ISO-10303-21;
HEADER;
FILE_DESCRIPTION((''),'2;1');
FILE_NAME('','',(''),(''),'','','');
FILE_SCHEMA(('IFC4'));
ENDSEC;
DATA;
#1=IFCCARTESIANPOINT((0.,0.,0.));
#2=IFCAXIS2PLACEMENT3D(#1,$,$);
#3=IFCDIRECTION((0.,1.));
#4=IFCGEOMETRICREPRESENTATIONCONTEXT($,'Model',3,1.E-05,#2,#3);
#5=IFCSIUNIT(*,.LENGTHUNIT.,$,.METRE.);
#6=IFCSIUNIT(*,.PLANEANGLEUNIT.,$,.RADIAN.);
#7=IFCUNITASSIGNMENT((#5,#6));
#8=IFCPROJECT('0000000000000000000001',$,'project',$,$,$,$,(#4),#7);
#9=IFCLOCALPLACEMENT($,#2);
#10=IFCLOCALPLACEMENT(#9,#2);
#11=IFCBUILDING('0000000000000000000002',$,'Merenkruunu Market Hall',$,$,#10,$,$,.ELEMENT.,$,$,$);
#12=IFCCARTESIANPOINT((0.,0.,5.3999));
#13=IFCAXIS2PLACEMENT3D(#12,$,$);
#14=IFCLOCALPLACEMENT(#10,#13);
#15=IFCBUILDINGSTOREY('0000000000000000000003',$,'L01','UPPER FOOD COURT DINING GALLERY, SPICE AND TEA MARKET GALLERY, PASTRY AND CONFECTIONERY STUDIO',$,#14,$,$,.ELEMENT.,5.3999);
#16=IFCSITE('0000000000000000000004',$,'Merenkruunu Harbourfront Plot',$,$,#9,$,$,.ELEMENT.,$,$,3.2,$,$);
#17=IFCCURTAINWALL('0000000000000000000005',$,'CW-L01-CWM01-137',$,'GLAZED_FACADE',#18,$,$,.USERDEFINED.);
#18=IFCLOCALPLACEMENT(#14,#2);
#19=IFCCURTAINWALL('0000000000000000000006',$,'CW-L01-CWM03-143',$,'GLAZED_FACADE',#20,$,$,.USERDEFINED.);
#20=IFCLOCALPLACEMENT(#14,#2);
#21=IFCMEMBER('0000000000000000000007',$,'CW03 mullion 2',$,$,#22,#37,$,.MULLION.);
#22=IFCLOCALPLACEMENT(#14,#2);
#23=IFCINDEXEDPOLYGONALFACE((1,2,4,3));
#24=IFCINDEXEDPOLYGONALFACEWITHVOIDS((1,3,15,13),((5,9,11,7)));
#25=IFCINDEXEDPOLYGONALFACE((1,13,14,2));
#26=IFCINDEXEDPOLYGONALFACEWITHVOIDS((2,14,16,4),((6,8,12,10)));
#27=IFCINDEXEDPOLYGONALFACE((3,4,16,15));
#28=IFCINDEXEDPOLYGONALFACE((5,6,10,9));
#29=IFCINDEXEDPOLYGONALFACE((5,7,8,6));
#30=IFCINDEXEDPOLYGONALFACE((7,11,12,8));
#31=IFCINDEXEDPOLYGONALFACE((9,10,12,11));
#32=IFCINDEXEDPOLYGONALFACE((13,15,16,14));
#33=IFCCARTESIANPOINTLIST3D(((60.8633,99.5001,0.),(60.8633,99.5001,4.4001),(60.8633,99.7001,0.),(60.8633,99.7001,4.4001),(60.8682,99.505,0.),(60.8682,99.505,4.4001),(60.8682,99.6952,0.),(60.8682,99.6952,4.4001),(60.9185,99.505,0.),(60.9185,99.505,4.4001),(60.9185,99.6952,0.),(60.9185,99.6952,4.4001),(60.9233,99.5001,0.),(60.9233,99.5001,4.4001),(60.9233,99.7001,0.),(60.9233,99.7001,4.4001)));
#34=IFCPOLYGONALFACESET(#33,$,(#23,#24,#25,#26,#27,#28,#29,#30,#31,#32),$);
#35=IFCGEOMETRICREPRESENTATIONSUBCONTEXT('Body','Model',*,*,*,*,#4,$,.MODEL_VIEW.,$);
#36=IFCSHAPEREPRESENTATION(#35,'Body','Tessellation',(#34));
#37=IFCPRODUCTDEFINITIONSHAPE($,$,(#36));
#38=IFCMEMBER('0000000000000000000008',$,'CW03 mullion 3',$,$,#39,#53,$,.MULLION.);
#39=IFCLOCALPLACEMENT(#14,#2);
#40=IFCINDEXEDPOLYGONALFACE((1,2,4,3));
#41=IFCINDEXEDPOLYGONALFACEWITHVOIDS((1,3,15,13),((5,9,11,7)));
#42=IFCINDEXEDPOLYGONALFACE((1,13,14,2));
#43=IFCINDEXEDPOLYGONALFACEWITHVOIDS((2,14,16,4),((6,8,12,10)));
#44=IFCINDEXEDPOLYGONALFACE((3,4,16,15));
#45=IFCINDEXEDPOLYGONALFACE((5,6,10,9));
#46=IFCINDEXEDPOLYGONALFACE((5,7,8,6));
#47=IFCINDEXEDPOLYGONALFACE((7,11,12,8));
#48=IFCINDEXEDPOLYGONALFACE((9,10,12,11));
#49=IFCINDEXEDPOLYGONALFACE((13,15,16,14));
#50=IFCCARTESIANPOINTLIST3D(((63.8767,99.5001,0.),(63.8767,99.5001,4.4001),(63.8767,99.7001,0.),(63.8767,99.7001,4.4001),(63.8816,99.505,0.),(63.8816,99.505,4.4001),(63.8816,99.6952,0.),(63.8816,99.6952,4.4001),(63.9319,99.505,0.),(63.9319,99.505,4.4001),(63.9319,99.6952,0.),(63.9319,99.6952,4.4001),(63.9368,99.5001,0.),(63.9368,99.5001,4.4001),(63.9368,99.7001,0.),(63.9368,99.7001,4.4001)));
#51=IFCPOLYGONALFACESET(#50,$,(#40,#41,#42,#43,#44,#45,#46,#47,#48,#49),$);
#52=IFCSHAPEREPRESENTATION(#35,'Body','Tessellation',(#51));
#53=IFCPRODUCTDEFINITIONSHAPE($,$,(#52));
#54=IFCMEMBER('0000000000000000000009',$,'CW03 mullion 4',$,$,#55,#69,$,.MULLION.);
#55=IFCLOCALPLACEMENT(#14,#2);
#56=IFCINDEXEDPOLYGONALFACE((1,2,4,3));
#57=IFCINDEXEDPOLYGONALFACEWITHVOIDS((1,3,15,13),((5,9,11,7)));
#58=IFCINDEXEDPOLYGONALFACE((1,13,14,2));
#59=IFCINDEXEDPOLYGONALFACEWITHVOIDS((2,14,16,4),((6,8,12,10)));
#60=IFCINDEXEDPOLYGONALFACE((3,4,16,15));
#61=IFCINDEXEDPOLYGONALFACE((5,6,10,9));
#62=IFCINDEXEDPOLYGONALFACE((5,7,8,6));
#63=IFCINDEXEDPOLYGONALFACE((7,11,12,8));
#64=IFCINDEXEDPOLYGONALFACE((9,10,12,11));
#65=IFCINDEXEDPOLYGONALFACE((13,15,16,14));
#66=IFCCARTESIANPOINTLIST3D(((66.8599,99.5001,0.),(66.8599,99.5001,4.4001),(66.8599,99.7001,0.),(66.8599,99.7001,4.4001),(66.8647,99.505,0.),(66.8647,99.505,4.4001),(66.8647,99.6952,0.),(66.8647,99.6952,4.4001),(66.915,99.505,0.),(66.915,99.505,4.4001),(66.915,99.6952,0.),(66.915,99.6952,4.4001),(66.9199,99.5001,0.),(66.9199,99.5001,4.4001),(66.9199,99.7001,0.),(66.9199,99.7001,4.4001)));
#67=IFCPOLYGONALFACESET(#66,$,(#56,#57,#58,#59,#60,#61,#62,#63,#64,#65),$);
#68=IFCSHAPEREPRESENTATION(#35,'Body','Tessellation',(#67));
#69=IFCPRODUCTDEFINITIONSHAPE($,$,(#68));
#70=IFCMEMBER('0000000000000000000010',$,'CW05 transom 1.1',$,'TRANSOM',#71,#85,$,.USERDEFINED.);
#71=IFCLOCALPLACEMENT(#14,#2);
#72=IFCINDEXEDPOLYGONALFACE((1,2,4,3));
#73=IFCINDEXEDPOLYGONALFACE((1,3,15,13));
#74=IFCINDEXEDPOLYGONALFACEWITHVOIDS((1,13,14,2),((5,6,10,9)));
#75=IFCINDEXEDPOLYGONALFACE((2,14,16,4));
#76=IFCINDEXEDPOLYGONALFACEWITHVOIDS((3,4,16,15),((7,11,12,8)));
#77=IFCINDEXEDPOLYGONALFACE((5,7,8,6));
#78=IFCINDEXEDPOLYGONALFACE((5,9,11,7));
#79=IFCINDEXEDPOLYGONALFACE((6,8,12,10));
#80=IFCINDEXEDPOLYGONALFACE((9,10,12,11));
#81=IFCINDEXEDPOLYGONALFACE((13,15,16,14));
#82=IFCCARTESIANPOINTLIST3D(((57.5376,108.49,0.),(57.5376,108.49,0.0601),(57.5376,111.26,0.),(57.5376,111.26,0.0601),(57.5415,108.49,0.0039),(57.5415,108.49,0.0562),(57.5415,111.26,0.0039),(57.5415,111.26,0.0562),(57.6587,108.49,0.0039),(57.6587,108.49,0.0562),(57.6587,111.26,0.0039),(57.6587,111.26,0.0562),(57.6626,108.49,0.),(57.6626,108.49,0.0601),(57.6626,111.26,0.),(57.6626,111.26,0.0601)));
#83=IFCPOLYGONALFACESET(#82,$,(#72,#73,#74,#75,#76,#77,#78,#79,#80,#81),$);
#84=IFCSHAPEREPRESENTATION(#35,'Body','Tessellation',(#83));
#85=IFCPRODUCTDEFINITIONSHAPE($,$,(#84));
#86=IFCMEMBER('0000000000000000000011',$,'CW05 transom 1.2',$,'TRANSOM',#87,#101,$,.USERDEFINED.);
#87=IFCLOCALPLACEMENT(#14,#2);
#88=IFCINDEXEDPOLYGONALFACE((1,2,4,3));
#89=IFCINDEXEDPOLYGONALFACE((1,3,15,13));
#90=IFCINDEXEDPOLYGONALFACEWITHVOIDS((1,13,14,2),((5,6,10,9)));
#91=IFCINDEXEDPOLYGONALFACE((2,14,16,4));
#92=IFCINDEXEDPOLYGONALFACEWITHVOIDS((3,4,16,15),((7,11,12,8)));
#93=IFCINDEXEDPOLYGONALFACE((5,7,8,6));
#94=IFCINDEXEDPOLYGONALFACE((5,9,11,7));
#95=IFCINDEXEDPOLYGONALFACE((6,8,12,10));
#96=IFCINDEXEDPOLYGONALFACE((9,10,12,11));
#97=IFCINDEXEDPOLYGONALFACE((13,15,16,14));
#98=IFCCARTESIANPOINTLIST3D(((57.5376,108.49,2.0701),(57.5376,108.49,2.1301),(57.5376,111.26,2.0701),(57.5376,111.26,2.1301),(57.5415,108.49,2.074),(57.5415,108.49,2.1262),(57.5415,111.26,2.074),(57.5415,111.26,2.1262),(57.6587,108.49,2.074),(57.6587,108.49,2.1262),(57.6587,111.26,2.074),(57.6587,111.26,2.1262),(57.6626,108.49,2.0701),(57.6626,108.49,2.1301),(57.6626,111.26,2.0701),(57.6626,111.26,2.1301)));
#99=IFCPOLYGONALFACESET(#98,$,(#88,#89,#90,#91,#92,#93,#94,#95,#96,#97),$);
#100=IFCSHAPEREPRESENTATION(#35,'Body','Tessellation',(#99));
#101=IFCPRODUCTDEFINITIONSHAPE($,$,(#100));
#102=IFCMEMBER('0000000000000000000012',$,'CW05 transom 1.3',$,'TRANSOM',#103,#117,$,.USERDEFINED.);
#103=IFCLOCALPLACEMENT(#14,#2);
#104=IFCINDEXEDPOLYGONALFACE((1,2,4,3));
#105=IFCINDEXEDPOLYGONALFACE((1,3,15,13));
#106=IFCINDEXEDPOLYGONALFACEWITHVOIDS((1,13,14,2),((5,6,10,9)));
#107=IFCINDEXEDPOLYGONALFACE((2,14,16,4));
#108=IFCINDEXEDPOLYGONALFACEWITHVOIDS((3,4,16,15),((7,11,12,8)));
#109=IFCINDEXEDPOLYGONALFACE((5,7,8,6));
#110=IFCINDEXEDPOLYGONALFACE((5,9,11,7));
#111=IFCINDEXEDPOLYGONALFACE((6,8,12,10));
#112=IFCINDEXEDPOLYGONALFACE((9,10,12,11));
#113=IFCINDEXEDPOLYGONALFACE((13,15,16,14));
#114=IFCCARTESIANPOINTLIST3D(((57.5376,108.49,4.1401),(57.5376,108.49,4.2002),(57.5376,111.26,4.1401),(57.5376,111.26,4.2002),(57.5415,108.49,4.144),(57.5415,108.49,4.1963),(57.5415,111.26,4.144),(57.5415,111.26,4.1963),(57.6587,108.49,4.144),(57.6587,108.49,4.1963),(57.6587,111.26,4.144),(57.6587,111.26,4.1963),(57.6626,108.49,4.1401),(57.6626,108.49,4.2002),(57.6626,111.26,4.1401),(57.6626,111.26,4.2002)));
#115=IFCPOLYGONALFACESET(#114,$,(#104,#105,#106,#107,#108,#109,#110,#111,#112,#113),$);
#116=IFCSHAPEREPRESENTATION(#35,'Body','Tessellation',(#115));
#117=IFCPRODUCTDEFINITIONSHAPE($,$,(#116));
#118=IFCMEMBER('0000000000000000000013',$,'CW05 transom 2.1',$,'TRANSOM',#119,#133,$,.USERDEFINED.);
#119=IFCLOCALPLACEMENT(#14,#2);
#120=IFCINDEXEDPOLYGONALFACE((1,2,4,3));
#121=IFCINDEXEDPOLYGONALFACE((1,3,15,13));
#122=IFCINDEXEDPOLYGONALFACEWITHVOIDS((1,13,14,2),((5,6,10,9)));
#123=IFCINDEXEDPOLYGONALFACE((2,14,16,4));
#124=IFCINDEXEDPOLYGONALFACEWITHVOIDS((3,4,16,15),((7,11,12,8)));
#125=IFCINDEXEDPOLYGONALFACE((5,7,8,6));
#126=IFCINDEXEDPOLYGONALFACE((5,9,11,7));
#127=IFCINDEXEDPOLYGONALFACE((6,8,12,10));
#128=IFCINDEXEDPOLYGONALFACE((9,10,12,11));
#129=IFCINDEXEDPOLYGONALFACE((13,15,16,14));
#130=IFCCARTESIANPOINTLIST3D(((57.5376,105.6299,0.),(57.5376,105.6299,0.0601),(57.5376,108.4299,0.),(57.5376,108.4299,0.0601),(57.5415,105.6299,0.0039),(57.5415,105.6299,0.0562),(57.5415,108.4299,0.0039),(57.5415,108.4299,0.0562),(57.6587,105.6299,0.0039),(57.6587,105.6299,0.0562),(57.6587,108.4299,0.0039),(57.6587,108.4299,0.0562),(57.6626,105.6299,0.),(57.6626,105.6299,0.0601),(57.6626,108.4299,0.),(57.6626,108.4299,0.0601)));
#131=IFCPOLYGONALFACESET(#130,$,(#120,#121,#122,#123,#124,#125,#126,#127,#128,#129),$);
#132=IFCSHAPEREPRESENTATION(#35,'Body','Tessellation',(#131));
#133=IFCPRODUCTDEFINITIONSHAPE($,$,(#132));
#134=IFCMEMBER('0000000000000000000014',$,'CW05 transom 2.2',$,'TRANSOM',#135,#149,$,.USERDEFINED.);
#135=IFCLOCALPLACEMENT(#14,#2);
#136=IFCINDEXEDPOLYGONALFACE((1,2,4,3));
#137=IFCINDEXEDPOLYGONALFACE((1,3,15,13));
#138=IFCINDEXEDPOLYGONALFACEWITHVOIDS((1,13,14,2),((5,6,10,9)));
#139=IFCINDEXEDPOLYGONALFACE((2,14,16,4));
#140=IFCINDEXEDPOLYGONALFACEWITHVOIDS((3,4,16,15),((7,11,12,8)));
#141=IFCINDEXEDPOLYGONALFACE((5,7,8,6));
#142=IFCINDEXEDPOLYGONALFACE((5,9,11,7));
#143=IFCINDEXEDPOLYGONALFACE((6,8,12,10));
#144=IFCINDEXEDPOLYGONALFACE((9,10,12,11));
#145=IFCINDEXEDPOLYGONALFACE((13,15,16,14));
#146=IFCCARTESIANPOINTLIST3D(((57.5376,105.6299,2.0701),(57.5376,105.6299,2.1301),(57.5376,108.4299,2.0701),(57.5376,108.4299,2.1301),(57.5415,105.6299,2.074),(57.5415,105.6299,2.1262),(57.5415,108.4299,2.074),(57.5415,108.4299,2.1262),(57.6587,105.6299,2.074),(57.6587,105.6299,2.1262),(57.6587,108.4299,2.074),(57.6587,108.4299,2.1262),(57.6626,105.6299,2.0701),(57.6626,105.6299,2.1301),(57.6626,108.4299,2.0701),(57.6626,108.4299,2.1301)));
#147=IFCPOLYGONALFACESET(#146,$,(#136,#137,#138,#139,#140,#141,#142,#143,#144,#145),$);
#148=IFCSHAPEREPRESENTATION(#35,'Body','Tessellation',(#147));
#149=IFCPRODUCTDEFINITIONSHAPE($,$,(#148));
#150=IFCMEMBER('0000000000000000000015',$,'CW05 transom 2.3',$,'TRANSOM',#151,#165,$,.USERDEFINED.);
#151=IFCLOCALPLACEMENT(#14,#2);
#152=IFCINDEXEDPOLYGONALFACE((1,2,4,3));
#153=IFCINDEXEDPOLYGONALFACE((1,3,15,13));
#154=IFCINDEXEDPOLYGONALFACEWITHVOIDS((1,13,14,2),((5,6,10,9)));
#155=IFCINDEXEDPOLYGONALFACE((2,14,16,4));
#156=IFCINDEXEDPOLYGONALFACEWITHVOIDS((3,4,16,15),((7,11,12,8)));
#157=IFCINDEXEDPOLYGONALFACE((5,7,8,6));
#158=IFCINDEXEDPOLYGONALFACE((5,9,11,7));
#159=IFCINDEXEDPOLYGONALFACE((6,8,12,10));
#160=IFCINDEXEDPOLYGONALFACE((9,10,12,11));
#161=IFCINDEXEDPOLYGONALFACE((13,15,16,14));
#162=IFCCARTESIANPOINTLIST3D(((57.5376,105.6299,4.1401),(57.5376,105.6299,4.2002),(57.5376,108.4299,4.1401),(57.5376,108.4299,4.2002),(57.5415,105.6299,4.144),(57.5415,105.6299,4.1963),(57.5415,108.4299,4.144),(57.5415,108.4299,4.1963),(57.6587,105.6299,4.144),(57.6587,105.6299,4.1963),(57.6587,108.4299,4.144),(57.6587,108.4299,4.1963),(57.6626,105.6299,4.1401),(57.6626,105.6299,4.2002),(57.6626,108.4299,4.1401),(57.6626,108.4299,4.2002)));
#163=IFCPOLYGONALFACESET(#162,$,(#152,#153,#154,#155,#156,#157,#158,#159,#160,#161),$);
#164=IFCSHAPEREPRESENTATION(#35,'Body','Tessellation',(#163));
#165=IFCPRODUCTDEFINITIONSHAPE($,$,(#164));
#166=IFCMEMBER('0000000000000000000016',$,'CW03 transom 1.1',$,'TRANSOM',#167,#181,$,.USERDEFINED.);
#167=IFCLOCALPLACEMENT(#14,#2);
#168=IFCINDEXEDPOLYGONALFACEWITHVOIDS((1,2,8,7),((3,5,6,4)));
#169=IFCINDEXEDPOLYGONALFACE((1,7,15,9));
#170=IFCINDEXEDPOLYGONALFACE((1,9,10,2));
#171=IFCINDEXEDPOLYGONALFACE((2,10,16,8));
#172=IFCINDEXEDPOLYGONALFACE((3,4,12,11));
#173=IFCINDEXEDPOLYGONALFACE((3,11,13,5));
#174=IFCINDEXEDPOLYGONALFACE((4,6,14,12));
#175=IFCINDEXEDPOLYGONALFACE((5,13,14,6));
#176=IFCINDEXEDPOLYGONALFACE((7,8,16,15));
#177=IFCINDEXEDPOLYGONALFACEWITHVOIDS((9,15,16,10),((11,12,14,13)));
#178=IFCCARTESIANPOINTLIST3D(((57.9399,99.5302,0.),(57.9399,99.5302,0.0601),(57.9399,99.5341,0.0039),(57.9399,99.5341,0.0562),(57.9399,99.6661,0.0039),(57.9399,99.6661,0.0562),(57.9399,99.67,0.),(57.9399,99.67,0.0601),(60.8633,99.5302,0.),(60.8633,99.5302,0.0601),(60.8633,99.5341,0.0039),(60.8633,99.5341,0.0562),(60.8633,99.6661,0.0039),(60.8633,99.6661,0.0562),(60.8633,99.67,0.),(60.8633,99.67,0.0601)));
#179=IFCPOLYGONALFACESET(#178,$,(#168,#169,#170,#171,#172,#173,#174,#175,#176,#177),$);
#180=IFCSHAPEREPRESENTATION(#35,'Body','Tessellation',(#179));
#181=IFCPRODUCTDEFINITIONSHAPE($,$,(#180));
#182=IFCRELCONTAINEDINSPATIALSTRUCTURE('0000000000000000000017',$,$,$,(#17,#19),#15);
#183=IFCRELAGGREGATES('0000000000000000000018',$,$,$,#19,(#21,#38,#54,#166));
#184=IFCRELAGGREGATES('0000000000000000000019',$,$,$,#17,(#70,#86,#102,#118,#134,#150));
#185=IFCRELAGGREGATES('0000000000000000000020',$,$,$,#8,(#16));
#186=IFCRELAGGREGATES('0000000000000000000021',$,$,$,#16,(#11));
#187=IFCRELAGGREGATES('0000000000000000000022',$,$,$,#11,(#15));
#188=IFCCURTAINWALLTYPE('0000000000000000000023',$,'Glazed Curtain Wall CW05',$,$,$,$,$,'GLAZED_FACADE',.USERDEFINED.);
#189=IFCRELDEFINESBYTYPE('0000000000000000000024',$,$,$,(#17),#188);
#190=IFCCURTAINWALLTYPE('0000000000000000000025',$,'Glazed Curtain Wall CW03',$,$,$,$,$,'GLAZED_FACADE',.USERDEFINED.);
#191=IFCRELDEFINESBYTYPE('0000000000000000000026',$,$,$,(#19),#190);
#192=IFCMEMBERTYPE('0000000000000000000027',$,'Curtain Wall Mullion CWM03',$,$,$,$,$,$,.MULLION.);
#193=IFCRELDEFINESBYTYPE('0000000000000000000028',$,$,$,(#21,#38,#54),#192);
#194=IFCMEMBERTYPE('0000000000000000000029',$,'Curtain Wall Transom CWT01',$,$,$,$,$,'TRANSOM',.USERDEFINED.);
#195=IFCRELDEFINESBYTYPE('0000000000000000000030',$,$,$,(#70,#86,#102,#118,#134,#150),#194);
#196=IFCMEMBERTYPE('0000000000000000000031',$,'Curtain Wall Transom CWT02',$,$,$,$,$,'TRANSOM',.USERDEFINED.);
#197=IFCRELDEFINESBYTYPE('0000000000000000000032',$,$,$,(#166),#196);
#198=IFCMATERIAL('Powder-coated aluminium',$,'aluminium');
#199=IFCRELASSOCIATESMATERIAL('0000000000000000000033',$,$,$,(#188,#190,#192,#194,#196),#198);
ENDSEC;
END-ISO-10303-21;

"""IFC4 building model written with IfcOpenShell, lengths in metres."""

from ifc_helpers import new_model, si_unit, direction, frame, origin, origin_2d, place, context, subcontext, project, spatial, hollow_rectangle, extrude, material, material_profile, profile_set, type_object, element, aggregate, save


model = new_model("IFC4")

# Units and contexts
model_context = context("Model", 3, precision=1e-05, world=origin(), true_north=direction((0.0, 1.0)))
body_context = subcontext(model_context, "Body", "Model", "MODEL_VIEW")
ifc_project = project(units=[si_unit("LENGTHUNIT", "METRE"), si_unit("PLANEANGLEUNIT", "RADIAN")], contexts=[model_context])

# Site, building, storey
site_placement = place(None, origin())
site = spatial("IfcSite", under=ifc_project, at=site_placement, Name="Merenkruunu Harbourfront Plot", CompositionType="ELEMENT", RefElevation=3.2)
building_placement = place(site_placement, origin())
building = spatial("IfcBuilding", under=site, at=building_placement, Name="Merenkruunu Market Hall", CompositionType="ELEMENT")
storey_placement = place(building_placement, frame((0.0, 0.0, 5.3999)))
storey = spatial("IfcBuildingStorey", under=building, at=storey_placement, Name="L01", Description="UPPER FOOD COURT DINING GALLERY, SPICE AND TEA MARKET GALLERY, PASTRY AND CONFECTIONERY STUDIO", CompositionType="ELEMENT", Elevation=5.3999)

# Curtain wall
ifc_material_1 = material(Name="Powder-coated aluminium", Category="aluminium")
curtain_wall_type_1 = type_object("IfcCurtainWallType", Name="Glazed Curtain Wall CW05", ElementType="GLAZED_FACADE", PredefinedType="USERDEFINED", material=ifc_material_1)
curtain_wall_1_placement = place(storey_placement, origin())
curtain_wall_1 = element("IfcCurtainWall", 1, at=curtain_wall_1_placement, inside=storey, type_object=curtain_wall_type_1, Name="CW-L01-CWM01-137", ObjectType="GLAZED_FACADE", PredefinedType="USERDEFINED")

# Curtain wall, members
curtain_wall_type_2 = type_object("IfcCurtainWallType", Name="Glazed Curtain Wall CW03", ElementType="GLAZED_FACADE", PredefinedType="USERDEFINED", material=ifc_material_1)
curtain_wall_2_placement = place(storey_placement, origin())
curtain_wall_2 = element("IfcCurtainWall", 2, at=curtain_wall_2_placement, inside=storey, type_object=curtain_wall_type_2, Name="CW-L01-CWM03-143", ObjectType="GLAZED_FACADE", PredefinedType="USERDEFINED")
ifc_material_profile_1 = material_profile(ifc_material_1, hollow_rectangle(XDim=0.0601, YDim=0.2, WallThickness=0.0049, at=origin_2d()), Name="ALU 60x200x5")
ifc_profile_set_1 = profile_set([ifc_material_profile_1], Name="Powder-coated aluminium")
member_type_1 = type_object("IfcMemberType", Name="Curtain Wall Mullion CWM03", PredefinedType="MULLION", material=ifc_profile_set_1)
member_1_placement = place(storey_placement, frame((60.8933, 99.6001, 0.0), z_axis=(0.0, 0.0, 1.0), x_axis=(1.0, 0.0, 0.0)))
member_1 = element("IfcMember", 3, at=member_1_placement, type_object=member_type_1, Name="CW03 mullion 2", PredefinedType="MULLION", context=body_context, shape_type="SweptSolid", body=[
    extrude(hollow_rectangle(XDim=0.0601, YDim=0.2, WallThickness=0.0049, at=origin_2d()), origin(), (0.0, 0.0, 1.0), 4.4001),
])
member_2_placement = place(storey_placement, frame((63.9067, 99.6001, 0.0), z_axis=(0.0, 0.0, 1.0), x_axis=(1.0, 0.0, 0.0)))
member_2 = element("IfcMember", 4, at=member_2_placement, type_object=member_type_1, Name="CW03 mullion 3", PredefinedType="MULLION", context=body_context, shape_type="SweptSolid", body=[
    extrude(hollow_rectangle(XDim=0.0601, YDim=0.2, WallThickness=0.0049, at=origin_2d()), origin(), (0.0, 0.0, 1.0), 4.4001),
])
member_3_placement = place(storey_placement, frame((66.8899, 99.6001, 0.0), z_axis=(0.0, 0.0, 1.0), x_axis=(1.0, 0.0, 0.0)))
member_3 = element("IfcMember", 5, at=member_3_placement, type_object=member_type_1, Name="CW03 mullion 4", PredefinedType="MULLION", context=body_context, shape_type="SweptSolid", body=[
    extrude(hollow_rectangle(XDim=0.0601, YDim=0.2, WallThickness=0.0049, at=origin_2d()), origin(), (0.0, 0.0, 1.0), 4.4001),
])

# Members
ifc_material_profile_2 = material_profile(ifc_material_1, hollow_rectangle(XDim=0.0601, YDim=0.125, WallThickness=0.0039, at=origin_2d()), Name="ALU 60x125x4")
ifc_profile_set_2 = profile_set([ifc_material_profile_2], Name="Powder-coated aluminium")
member_type_2 = type_object("IfcMemberType", Name="Curtain Wall Transom CWT01", ElementType="TRANSOM", PredefinedType="USERDEFINED", material=ifc_profile_set_2)
member_4_placement = place(storey_placement, frame((57.6001, 111.26, 0.03), z_axis=(0.0, -1.0, 0.0), x_axis=(0.0, 0.0, 1.0)))
member_4 = element("IfcMember", 6, at=member_4_placement, type_object=member_type_2, Name="CW05 transom 1.1", ObjectType="TRANSOM", PredefinedType="USERDEFINED", context=body_context, shape_type="SweptSolid", body=[
    extrude(hollow_rectangle(XDim=0.0601, YDim=0.125, WallThickness=0.0039, at=origin_2d()), origin(), (0.0, 0.0, 1.0), 2.77),
])
member_5_placement = place(storey_placement, frame((57.6001, 111.26, 2.1001), z_axis=(0.0, -1.0, 0.0), x_axis=(0.0, 0.0, 1.0)))
member_5 = element("IfcMember", 7, at=member_5_placement, type_object=member_type_2, Name="CW05 transom 1.2", ObjectType="TRANSOM", PredefinedType="USERDEFINED", context=body_context, shape_type="SweptSolid", body=[
    extrude(hollow_rectangle(XDim=0.0601, YDim=0.125, WallThickness=0.0039, at=origin_2d()), origin(), (0.0, 0.0, 1.0), 2.77),
])
member_6_placement = place(storey_placement, frame((57.6001, 111.26, 4.1702), z_axis=(0.0, -1.0, 0.0), x_axis=(0.0, 0.0, 1.0)))
member_6 = element("IfcMember", 8, at=member_6_placement, type_object=member_type_2, Name="CW05 transom 1.3", ObjectType="TRANSOM", PredefinedType="USERDEFINED", context=body_context, shape_type="SweptSolid", body=[
    extrude(hollow_rectangle(XDim=0.0601, YDim=0.125, WallThickness=0.0039, at=origin_2d()), origin(), (0.0, 0.0, 1.0), 2.77),
])
member_7_placement = place(storey_placement, frame((57.6001, 108.4299, 0.03), z_axis=(0.0, -1.0, 0.0), x_axis=(0.0, 0.0, 1.0)))
member_7 = element("IfcMember", 9, at=member_7_placement, type_object=member_type_2, Name="CW05 transom 2.1", ObjectType="TRANSOM", PredefinedType="USERDEFINED", context=body_context, shape_type="SweptSolid", body=[
    extrude(hollow_rectangle(XDim=0.0601, YDim=0.125, WallThickness=0.0039, at=origin_2d()), origin(), (0.0, 0.0, 1.0), 2.8),
])
member_8_placement = place(storey_placement, frame((57.6001, 108.4299, 2.1001), z_axis=(0.0, -1.0, 0.0), x_axis=(0.0, 0.0, 1.0)))
member_8 = element("IfcMember", 10, at=member_8_placement, type_object=member_type_2, Name="CW05 transom 2.2", ObjectType="TRANSOM", PredefinedType="USERDEFINED", context=body_context, shape_type="SweptSolid", body=[
    extrude(hollow_rectangle(XDim=0.0601, YDim=0.125, WallThickness=0.0039, at=origin_2d()), origin(), (0.0, 0.0, 1.0), 2.8),
])
member_9_placement = place(storey_placement, frame((57.6001, 108.4299, 4.1702), z_axis=(0.0, -1.0, 0.0), x_axis=(0.0, 0.0, 1.0)))
member_9 = element("IfcMember", 11, at=member_9_placement, type_object=member_type_2, Name="CW05 transom 2.3", ObjectType="TRANSOM", PredefinedType="USERDEFINED", context=body_context, shape_type="SweptSolid", body=[
    extrude(hollow_rectangle(XDim=0.0601, YDim=0.125, WallThickness=0.0039, at=origin_2d()), origin(), (0.0, 0.0, 1.0), 2.8),
])
ifc_material_profile_3 = material_profile(ifc_material_1, hollow_rectangle(XDim=0.0601, YDim=0.1399, WallThickness=0.0039, at=origin_2d()), Name="ALU 60x140x4")
ifc_profile_set_3 = profile_set([ifc_material_profile_3], Name="Powder-coated aluminium")
member_type_3 = type_object("IfcMemberType", Name="Curtain Wall Transom CWT02", ElementType="TRANSOM", PredefinedType="USERDEFINED", material=ifc_profile_set_3)
member_10_placement = place(storey_placement, frame((57.9399, 99.6001, 0.03), z_axis=(1.0, 0.0, 0.0), x_axis=(0.0, 0.0, 1.0)))
member_10 = element("IfcMember", 12, at=member_10_placement, type_object=member_type_3, Name="CW03 transom 1.1", ObjectType="TRANSOM", PredefinedType="USERDEFINED", context=body_context, shape_type="SweptSolid", body=[
    extrude(hollow_rectangle(XDim=0.0601, YDim=0.1399, WallThickness=0.0039, at=origin_2d()), origin(), (0.0, 0.0, 1.0), 2.9233),
])

aggregate(curtain_wall_2, [member_1, member_2, member_3, member_10])
aggregate(curtain_wall_1, [member_4, member_5, member_6, member_7, member_8, member_9])

save(model, "model.ifc")
